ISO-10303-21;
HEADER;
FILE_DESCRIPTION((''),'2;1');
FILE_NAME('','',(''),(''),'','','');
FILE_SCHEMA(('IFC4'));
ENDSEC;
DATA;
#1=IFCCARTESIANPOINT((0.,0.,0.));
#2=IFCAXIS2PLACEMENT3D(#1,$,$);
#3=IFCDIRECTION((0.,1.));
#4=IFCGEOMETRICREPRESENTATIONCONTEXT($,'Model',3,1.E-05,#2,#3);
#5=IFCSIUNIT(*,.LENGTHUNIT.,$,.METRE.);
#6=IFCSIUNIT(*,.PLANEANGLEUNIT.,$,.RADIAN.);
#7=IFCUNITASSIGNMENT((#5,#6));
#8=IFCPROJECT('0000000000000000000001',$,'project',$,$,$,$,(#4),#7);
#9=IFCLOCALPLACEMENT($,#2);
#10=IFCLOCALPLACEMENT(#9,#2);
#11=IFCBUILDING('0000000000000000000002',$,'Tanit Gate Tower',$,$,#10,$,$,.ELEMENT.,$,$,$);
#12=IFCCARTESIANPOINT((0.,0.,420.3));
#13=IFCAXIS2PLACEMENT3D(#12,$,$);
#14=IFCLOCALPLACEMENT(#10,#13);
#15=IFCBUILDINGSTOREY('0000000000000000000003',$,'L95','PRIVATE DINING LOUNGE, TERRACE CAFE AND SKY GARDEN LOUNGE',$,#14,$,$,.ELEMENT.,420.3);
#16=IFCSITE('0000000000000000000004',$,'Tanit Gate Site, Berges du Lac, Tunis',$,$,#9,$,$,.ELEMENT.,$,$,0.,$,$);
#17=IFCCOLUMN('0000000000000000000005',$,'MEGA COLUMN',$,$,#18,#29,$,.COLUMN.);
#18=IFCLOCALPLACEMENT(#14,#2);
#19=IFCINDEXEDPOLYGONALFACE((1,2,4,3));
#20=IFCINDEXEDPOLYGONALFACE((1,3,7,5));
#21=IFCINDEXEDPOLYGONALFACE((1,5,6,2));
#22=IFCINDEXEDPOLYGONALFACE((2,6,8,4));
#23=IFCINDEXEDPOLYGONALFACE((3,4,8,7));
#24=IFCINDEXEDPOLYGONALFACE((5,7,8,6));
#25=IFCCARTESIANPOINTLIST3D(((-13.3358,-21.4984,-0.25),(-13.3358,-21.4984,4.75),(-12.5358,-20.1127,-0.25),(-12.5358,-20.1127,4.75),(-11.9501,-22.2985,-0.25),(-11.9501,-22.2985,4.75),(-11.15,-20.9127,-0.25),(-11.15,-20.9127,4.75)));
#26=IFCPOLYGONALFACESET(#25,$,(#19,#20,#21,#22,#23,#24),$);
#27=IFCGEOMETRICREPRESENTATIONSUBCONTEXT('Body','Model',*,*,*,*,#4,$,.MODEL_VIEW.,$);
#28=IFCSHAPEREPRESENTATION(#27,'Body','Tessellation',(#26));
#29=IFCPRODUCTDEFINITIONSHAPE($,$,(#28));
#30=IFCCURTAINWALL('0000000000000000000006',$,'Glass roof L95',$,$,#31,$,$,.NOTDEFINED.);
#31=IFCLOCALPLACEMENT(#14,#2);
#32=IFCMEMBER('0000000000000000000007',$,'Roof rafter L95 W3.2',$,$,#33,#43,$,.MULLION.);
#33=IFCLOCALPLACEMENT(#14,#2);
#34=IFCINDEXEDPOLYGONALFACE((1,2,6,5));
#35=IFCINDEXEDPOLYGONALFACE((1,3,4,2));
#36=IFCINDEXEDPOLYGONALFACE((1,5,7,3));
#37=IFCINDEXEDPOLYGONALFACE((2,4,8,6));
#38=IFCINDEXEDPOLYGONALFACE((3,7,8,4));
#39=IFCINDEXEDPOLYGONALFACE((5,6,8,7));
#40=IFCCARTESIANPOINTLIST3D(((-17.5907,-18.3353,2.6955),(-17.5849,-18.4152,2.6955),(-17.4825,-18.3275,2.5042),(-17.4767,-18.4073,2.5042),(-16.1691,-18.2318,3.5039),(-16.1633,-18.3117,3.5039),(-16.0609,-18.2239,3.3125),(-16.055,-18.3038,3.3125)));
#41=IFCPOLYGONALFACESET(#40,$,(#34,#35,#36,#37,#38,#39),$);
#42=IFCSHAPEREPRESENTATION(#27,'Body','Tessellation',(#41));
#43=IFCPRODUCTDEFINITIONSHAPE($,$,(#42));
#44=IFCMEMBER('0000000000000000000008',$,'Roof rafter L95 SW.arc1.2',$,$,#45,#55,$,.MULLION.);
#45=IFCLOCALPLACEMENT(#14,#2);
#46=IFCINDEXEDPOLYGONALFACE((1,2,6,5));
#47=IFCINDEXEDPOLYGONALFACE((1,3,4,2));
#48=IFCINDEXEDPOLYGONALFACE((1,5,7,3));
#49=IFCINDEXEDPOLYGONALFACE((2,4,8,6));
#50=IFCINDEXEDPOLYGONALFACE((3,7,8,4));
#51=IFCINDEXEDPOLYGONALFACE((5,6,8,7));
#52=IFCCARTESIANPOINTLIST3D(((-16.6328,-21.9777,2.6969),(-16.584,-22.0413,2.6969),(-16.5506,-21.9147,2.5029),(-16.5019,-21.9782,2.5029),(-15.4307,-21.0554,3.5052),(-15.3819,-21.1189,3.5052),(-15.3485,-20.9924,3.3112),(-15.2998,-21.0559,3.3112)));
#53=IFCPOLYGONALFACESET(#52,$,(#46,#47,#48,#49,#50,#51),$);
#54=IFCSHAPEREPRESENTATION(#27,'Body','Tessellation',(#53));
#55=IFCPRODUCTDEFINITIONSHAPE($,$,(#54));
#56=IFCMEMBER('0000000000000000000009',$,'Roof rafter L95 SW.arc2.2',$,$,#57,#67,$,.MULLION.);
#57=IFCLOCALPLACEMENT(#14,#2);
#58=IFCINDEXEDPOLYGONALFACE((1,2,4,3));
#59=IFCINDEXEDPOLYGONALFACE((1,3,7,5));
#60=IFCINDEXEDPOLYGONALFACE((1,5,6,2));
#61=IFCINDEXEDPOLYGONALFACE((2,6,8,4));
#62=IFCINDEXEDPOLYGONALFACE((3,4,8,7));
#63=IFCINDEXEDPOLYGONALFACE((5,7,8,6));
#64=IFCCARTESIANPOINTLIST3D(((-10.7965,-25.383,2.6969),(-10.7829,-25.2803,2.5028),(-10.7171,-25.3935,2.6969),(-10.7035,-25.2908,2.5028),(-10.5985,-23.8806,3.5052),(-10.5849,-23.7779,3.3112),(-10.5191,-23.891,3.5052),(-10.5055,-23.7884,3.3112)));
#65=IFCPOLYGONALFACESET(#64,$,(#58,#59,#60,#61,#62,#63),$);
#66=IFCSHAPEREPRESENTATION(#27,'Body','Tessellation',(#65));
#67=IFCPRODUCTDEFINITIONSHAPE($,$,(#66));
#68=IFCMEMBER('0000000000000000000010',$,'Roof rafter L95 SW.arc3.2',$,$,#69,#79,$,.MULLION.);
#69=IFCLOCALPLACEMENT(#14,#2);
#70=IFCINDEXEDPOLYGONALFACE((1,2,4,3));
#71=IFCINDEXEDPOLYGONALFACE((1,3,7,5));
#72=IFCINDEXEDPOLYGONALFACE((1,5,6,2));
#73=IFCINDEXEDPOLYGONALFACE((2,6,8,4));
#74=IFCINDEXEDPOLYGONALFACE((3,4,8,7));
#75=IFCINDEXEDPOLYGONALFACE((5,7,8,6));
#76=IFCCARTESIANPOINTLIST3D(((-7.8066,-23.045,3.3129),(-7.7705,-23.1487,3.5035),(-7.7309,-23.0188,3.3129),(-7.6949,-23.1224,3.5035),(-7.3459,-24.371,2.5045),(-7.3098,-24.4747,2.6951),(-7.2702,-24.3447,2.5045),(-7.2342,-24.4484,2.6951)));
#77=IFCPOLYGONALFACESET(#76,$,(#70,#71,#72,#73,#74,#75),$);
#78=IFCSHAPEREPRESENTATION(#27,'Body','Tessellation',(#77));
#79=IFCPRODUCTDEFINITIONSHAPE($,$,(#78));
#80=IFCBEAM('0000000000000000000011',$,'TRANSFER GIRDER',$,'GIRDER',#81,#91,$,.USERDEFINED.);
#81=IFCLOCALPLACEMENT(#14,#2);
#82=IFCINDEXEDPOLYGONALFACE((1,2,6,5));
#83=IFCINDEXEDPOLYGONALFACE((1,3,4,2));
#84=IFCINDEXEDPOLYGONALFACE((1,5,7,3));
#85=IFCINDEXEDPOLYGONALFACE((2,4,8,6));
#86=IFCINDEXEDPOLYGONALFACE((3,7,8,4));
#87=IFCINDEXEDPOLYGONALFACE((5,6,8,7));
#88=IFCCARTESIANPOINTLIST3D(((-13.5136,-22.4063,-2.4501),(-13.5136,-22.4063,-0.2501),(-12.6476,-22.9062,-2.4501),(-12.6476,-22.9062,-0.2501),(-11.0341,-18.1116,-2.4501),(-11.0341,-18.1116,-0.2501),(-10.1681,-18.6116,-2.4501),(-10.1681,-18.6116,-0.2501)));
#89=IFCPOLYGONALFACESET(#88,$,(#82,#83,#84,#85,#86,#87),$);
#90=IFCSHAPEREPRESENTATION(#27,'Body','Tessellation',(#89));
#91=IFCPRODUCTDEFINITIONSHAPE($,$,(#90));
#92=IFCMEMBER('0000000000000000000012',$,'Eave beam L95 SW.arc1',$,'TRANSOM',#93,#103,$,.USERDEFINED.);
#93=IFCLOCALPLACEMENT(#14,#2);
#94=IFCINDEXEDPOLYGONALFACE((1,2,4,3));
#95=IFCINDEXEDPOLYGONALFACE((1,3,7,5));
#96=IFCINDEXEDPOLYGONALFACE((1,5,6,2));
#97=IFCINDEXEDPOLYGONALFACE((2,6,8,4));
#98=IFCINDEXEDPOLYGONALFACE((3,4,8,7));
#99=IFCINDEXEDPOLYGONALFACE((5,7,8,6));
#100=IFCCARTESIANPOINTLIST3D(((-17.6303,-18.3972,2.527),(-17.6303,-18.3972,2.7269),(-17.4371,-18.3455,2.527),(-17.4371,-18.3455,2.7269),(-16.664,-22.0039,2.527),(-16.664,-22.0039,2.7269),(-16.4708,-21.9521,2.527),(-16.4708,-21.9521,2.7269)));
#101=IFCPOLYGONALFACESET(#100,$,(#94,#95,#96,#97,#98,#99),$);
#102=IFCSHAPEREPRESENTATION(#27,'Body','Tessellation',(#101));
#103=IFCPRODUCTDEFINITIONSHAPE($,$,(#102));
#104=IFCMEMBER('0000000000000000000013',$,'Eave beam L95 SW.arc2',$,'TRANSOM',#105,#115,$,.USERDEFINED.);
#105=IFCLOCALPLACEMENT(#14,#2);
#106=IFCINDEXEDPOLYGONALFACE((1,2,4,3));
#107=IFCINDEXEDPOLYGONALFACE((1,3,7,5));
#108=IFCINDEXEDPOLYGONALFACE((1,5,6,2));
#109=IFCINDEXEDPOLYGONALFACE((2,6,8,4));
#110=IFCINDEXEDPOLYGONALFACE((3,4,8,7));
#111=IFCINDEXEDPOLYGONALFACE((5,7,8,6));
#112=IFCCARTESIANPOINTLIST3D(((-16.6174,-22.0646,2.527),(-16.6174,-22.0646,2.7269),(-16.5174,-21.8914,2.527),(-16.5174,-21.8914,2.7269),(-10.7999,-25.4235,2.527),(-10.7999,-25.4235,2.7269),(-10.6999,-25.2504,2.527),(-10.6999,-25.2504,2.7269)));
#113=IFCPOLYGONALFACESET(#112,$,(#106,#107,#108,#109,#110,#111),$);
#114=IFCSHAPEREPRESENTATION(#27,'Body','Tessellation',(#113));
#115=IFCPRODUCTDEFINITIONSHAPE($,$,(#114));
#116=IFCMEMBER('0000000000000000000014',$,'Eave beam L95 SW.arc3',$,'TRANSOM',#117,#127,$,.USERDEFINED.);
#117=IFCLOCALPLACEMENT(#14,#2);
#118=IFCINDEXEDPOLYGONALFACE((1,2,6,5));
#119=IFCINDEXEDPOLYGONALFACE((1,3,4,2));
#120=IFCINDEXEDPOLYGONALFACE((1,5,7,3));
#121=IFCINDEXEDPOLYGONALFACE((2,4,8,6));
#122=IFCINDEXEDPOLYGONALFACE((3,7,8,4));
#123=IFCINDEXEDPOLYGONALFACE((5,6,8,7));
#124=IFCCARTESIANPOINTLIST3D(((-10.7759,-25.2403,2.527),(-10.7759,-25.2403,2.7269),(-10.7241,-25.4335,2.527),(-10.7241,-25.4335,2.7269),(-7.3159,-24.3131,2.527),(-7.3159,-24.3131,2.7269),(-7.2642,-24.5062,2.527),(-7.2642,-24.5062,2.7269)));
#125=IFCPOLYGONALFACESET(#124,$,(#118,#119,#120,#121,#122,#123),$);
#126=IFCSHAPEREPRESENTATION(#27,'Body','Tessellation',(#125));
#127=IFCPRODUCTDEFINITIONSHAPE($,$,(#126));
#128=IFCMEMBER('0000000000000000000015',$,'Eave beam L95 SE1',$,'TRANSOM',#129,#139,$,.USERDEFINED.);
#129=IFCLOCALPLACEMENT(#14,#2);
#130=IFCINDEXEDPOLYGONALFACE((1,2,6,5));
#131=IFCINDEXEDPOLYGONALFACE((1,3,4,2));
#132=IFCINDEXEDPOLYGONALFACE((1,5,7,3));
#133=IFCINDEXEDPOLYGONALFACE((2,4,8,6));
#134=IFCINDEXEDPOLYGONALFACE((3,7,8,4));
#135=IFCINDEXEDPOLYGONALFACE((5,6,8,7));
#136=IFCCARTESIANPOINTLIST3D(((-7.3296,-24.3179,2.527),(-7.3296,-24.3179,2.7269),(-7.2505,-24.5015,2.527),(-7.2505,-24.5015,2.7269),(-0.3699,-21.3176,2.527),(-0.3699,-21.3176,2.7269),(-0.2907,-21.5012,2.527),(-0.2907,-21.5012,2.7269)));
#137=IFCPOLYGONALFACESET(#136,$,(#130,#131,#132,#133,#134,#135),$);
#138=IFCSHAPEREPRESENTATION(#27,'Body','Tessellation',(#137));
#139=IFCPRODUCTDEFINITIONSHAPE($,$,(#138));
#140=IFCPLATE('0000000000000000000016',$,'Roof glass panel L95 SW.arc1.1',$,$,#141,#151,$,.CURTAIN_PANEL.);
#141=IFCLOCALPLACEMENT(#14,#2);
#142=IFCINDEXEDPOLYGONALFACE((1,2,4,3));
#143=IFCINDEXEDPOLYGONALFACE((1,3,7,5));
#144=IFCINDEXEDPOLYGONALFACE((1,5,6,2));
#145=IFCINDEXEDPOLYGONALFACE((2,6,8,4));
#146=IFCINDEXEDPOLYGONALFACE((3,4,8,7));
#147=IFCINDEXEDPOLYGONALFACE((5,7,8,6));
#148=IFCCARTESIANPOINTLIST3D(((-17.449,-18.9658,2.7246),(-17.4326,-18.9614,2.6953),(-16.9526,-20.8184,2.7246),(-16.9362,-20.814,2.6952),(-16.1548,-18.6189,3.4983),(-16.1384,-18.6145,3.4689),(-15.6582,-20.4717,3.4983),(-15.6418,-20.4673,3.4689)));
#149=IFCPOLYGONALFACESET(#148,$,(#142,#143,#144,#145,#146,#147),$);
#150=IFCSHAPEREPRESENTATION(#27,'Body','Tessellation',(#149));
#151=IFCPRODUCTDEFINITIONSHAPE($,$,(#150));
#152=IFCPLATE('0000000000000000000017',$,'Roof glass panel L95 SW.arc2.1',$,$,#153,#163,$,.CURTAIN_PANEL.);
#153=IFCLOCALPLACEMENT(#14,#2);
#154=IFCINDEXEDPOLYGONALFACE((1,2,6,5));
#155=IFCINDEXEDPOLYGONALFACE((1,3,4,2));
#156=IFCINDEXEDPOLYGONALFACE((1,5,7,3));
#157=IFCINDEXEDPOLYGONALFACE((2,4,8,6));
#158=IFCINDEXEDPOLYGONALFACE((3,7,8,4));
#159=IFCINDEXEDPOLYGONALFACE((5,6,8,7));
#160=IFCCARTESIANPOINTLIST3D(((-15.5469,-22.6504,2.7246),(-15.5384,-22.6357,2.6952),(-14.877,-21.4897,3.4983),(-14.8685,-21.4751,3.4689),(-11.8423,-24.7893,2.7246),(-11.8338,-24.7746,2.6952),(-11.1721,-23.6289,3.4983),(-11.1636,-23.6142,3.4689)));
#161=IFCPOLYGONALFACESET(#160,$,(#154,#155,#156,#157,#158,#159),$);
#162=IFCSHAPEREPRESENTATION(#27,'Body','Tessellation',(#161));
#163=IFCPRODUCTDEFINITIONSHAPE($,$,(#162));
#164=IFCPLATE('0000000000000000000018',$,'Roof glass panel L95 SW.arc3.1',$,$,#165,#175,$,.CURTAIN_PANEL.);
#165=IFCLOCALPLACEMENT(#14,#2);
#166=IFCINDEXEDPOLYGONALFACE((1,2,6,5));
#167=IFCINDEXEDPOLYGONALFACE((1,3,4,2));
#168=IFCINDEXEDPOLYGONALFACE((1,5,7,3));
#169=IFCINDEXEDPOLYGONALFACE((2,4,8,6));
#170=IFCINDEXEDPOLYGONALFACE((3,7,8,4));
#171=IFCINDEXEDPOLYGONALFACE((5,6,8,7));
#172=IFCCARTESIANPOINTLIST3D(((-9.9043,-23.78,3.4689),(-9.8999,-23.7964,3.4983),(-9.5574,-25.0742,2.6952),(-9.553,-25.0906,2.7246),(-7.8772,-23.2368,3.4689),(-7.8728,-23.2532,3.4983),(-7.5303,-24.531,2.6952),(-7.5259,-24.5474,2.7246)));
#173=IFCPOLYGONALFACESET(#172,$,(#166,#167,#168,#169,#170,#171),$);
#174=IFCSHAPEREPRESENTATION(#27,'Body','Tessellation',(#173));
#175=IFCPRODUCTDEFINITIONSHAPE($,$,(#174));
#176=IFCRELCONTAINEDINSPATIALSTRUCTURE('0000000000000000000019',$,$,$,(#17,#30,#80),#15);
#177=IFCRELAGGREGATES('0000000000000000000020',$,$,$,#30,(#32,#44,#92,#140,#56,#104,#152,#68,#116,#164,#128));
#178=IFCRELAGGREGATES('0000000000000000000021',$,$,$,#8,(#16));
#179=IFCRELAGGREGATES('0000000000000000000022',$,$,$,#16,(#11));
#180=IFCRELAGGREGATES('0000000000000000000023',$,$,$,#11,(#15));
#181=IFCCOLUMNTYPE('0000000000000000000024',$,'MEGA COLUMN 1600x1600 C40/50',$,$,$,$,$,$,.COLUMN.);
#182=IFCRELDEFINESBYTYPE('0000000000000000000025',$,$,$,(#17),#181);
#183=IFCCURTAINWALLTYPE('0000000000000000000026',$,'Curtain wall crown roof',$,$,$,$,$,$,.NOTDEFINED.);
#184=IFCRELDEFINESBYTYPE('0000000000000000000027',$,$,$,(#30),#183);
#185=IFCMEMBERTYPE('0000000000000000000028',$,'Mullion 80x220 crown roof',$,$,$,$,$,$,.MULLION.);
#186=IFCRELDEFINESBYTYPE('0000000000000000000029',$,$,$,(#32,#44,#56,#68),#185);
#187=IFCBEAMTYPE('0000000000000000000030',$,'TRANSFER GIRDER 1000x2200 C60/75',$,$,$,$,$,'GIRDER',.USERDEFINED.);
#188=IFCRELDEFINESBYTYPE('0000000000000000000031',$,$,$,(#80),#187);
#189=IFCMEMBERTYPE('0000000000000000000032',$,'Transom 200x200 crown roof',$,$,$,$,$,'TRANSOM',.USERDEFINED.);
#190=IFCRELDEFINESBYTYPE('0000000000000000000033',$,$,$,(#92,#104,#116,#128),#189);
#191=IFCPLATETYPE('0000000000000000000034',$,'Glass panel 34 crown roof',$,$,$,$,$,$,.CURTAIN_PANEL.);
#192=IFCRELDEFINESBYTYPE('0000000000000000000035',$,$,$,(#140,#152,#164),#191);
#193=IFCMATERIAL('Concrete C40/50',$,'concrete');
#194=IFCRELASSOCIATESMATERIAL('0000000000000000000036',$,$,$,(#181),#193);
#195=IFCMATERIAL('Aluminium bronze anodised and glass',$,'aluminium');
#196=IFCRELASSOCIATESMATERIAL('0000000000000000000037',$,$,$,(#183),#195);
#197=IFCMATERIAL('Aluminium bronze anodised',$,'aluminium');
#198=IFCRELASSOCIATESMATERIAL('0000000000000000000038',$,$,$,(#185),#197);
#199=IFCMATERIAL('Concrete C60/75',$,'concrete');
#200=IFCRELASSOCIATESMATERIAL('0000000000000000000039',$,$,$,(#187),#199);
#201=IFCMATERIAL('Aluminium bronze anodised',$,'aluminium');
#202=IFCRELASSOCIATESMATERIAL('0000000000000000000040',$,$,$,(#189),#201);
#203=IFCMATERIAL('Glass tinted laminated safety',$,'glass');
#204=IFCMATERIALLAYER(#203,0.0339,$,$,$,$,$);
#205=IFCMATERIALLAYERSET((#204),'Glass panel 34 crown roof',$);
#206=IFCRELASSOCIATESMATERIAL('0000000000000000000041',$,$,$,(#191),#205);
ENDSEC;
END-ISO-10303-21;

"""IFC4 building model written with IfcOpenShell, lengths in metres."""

from ifc_helpers import new_model, si_unit, direction, frame, origin, origin_2d, place, context, subcontext, project, spatial, polyline, rectangle, outline, extrude, material, layer, layer_set, material_profile, profile_set, type_object, element, aggregate, save


model = new_model("IFC4")

# Units and contexts
model_context = context("Model", 3, precision=1e-05, world=origin(), true_north=direction((0.0, 1.0)))
body_context = subcontext(model_context, "Body", "Model", "MODEL_VIEW")
ifc_project = project(units=[si_unit("LENGTHUNIT", "METRE"), si_unit("PLANEANGLEUNIT", "RADIAN")], contexts=[model_context])

# Site, building, storey
site_placement = place(None, origin())
site = spatial("IfcSite", under=ifc_project, at=site_placement, Name="Tanit Gate Site, Berges du Lac, Tunis", CompositionType="ELEMENT", RefElevation=0.0)
building_placement = place(site_placement, origin())
building = spatial("IfcBuilding", under=site, at=building_placement, Name="Tanit Gate Tower", CompositionType="ELEMENT")
storey_placement = place(building_placement, frame((0.0, 0.0, 420.3)))
storey = spatial("IfcBuildingStorey", under=building, at=storey_placement, Name="L95", Description="PRIVATE DINING LOUNGE, TERRACE CAFE AND SKY GARDEN LOUNGE", CompositionType="ELEMENT", Elevation=420.3)

# Column
ifc_material_1 = material(Name="Concrete C40/50", Category="concrete")
ifc_material_profile_1 = material_profile(ifc_material_1, rectangle(XDim=1.6001, YDim=1.6001, at=origin_2d()), Name="RC 1600x1600")
ifc_profile_set_1 = profile_set([ifc_material_profile_1], Name="Concrete C40/50")
column_type = type_object("IfcColumnType", Name="MEGA COLUMN 1600x1600 C40/50", PredefinedType="COLUMN", material=ifc_profile_set_1)
column_placement = place(storey_placement, frame((-12.2429, -21.2056, -0.25), z_axis=(0.0, 0.0, 1.0), x_axis=(-0.5, -0.866025, 0.0)))
element("IfcColumn", 1, at=column_placement, inside=storey, type_object=column_type, Name="MEGA COLUMN", PredefinedType="COLUMN", context=body_context, shape_type="SweptSolid", body=[
    extrude(rectangle(XDim=1.6001, YDim=1.6001, at=origin_2d()), origin(), (0.0, 0.0, 1.0), 5.0),
])

# Curtain wall, members
ifc_material_2 = material(Name="Aluminium bronze anodised and glass", Category="aluminium")
curtain_wall_type = type_object("IfcCurtainWallType", Name="Curtain wall crown roof", PredefinedType="NOTDEFINED", material=ifc_material_2)
curtain_wall_placement = place(storey_placement, origin())
curtain_wall = element("IfcCurtainWall", 2, at=curtain_wall_placement, inside=storey, type_object=curtain_wall_type, Name="Glass roof L95", PredefinedType="NOTDEFINED")
ifc_material_3 = material(Name="Aluminium bronze anodised", Category="aluminium")
ifc_material_profile_2 = material_profile(ifc_material_3, rectangle(XDim=0.0801, YDim=0.22, at=origin_2d()), Name="80x220 bronze rafter")
ifc_profile_set_2 = profile_set([ifc_material_profile_2], Name="Aluminium bronze anodised")
member_type_1 = type_object("IfcMemberType", Name="Mullion 80x220 crown roof", PredefinedType="MULLION", material=ifc_profile_set_2)
member_1_placement = place(storey_placement, frame((-16.1121, -18.2678, 3.4082), z_axis=(-0.867561, -0.063171, -0.493302), x_axis=(0.072622, -0.99736, 0.0)))
member_1 = element("IfcMember", 3, at=member_1_placement, type_object=member_type_1, Name="Roof rafter L95 W3.2", PredefinedType="MULLION", context=body_context, shape_type="SweptSolid", body=[
    extrude(rectangle(XDim=0.0801, YDim=0.22, at=origin_2d()), origin(), (0.0, 0.0, 1.0), 1.6387),
])
member_2_placement = place(storey_placement, frame((-15.3652, -21.0557, 3.4082), z_axis=(-0.699996, -0.53708, -0.470692), x_axis=(0.608729, -0.793378, 0.0)))
member_2 = element("IfcMember", 4, at=member_2_placement, type_object=member_type_1, Name="Roof rafter L95 SW.arc1.2", PredefinedType="MULLION", context=body_context, shape_type="SweptSolid", body=[
    extrude(rectangle(XDim=0.0801, YDim=0.22, at=origin_2d()), origin(), (0.0, 0.0, 1.0), 1.7173),
])
member_3_placement = place(storey_placement, frame((-10.552, -23.8345, 3.4082), z_axis=(-0.11528, -0.874761, -0.470642), x_axis=(0.991428, -0.130655, 0.0)))
member_3 = element("IfcMember", 5, at=member_3_placement, type_object=member_type_1, Name="Roof rafter L95 SW.arc2.2", PredefinedType="MULLION", context=body_context, shape_type="SweptSolid", body=[
    extrude(rectangle(XDim=0.0801, YDim=0.22, at=origin_2d()), origin(), (0.0, 0.0, 1.0), 1.7175),
])
member_4_placement = place(storey_placement, frame((-7.7507, -23.0837, 3.4082), z_axis=(0.284414, -0.818575, -0.499043), x_axis=(0.944607, 0.328204, 0.0)))
member_4 = element("IfcMember", 6, at=member_4_placement, type_object=member_type_1, Name="Roof rafter L95 SW.arc3.2", PredefinedType="MULLION", context=body_context, shape_type="SweptSolid", body=[
    extrude(rectangle(XDim=0.0801, YDim=0.22, at=origin_2d()), origin(), (0.0, 0.0, 1.0), 1.6199),
])

# Beam
ifc_material_4 = material(Name="Concrete C60/75", Category="concrete")
ifc_material_profile_3 = material_profile(ifc_material_4, rectangle(XDim=1.0, YDim=2.2, at=origin_2d()), Name="RC 1000x2200")
ifc_profile_set_3 = profile_set([ifc_material_profile_3], Name="Concrete C60/75")
beam_type = type_object("IfcBeamType", Name="TRANSFER GIRDER 1000x2200 C60/75", ElementType="GIRDER", PredefinedType="USERDEFINED", material=ifc_profile_set_3)
beam_placement = place(storey_placement, frame((-13.0806, -22.6562, -1.3501), z_axis=(0.499994, 0.866029, 0.0), x_axis=(-0.866029, 0.499994, 0.0)))
element("IfcBeam", 7, at=beam_placement, inside=storey, type_object=beam_type, Name="TRANSFER GIRDER", ObjectType="GIRDER", PredefinedType="USERDEFINED", context=body_context, shape_type="SweptSolid", body=[
    extrude(rectangle(XDim=1.0, YDim=2.2, at=origin_2d()), origin(), (0.0, 0.0, 1.0), 4.959),
])

# Members
ifc_material_5 = material(Name="Aluminium bronze anodised", Category="aluminium")
ifc_material_profile_4 = material_profile(ifc_material_5, rectangle(XDim=0.2, YDim=0.2, at=origin_2d()), Name="200x200 bronze transom")
ifc_profile_set_4 = profile_set([ifc_material_profile_4], Name="Aluminium bronze anodised")
member_type_2 = type_object("IfcMemberType", Name="Transom 200x200 crown roof", ElementType="TRANSOM", PredefinedType="USERDEFINED", material=ifc_profile_set_4)
member_5_placement = place(storey_placement, frame((-17.5337, -18.3713, 2.627), z_axis=(0.258794, -0.965933, 0.0), x_axis=(0.965933, 0.258794, 0.0)))
member_5 = element("IfcMember", 8, at=member_5_placement, type_object=member_type_2, Name="Eave beam L95 SW.arc1", ObjectType="TRANSOM", PredefinedType="USERDEFINED", context=body_context, shape_type="SweptSolid", body=[
    extrude(rectangle(XDim=0.2, YDim=0.2, at=origin_2d()), origin(), (0.0, 0.0, 1.0), 3.7339),
])
member_6_placement = place(storey_placement, frame((-16.5674, -21.978, 2.627), z_axis=(0.866011, -0.500024, 0.0), x_axis=(0.500024, 0.866011, 0.0)))
member_6 = element("IfcMember", 9, at=member_6_placement, type_object=member_type_2, Name="Eave beam L95 SW.arc2", ObjectType="TRANSOM", PredefinedType="USERDEFINED", context=body_context, shape_type="SweptSolid", body=[
    extrude(rectangle(XDim=0.2, YDim=0.2, at=origin_2d()), origin(), (0.0, 0.0, 1.0), 6.7175),
])
member_7_placement = place(storey_placement, frame((-10.75, -25.3369, 2.627), z_axis=(0.965915, 0.258859, 0.0), x_axis=(-0.258859, 0.965915, 0.0)))
member_7 = element("IfcMember", 10, at=member_7_placement, type_object=member_type_2, Name="Eave beam L95 SW.arc3", ObjectType="TRANSOM", PredefinedType="USERDEFINED", context=body_context, shape_type="SweptSolid", body=[
    extrude(rectangle(XDim=0.2, YDim=0.2, at=origin_2d()), origin(), (0.0, 0.0, 1.0), 3.582),
])
member_8_placement = place(storey_placement, frame((-7.29, -24.4097, 2.627), z_axis=(0.918307, 0.39587, 0.0), x_axis=(-0.39587, 0.918307, 0.0)))
member_8 = element("IfcMember", 11, at=member_8_placement, type_object=member_type_2, Name="Eave beam L95 SE1", ObjectType="TRANSOM", PredefinedType="USERDEFINED", context=body_context, shape_type="SweptSolid", body=[
    extrude(rectangle(XDim=0.2, YDim=0.2, at=origin_2d()), origin(), (0.0, 0.0, 1.0), 7.5789),
])

# Plates
ifc_material_6 = material(Name="Glass tinted laminated safety", Category="glass")
ifc_layer_1 = layer(ifc_material_6, 0.0339)
ifc_layer_set_1 = layer_set([ifc_layer_1], Name="Glass panel 34 crown roof")
plate_type = type_object("IfcPlateType", Name="Glass panel 34 crown roof", PredefinedType="CURTAIN_PANEL", material=ifc_layer_set_1)
plate_1_placement = place(storey_placement, frame((-16.1548, -18.6189, 3.4983), z_axis=(-0.482984, -0.129426, 0.866011), x_axis=(0.258872, -0.965912, 0.000019)))
plate_1 = element("IfcPlate", 12, at=plate_1_placement, type_object=plate_type, Name="Roof glass panel L95 SW.arc1.1", PredefinedType="CURTAIN_PANEL", context=body_context, shape_type="SweptSolid", body=[
    extrude(outline(polyline([(0.0, 0.0), (1.9182, 0.0), (1.9179, -1.5474), (0.0001, -1.5472), (0.0, 0.0)])), origin(), (0.0, 0.0, -1.0), 0.0339),
])
plate_2_placement = place(storey_placement, frame((-14.877, -21.4897, 3.4983), z_axis=(-0.25001, -0.433005, 0.866027), x_axis=(0.866009, -0.500028, -0.000005)))
plate_2 = element("IfcPlate", 13, at=plate_2_placement, type_object=plate_type, Name="Roof glass panel L95 SW.arc2.1", PredefinedType="CURTAIN_PANEL", context=body_context, shape_type="SweptSolid", body=[
    extrude(outline(polyline([(0.0, 0.0), (4.2781, 0.0), (4.2779, -1.5473), (0.0002, -1.5474), (0.0, 0.0)])), origin(), (0.0, 0.0, -1.0), 0.0339),
])
plate_3_placement = place(storey_placement, frame((-9.8999, -23.7964, 3.4983), z_axis=(0.129434, -0.483007, 0.865997), x_axis=(0.965919, 0.258843, 0.0)))
plate_3 = element("IfcPlate", 14, at=plate_3_placement, type_object=plate_type, Name="Roof glass panel L95 SW.arc3.1", PredefinedType="CURTAIN_PANEL", context=body_context, shape_type="SweptSolid", body=[
    extrude(outline(polyline([(0.0, 0.0), (2.0986, 0.0), (2.0987, -1.5472), (0.0001, -1.5472), (0.0, 0.0)])), origin(), (0.0, 0.0, -1.0), 0.0339),
])
aggregate(curtain_wall, [member_1, member_2, member_5, plate_1, member_3, member_6, plate_2, member_4, member_7, plate_3, member_8])

save(model, "model.ifc")
